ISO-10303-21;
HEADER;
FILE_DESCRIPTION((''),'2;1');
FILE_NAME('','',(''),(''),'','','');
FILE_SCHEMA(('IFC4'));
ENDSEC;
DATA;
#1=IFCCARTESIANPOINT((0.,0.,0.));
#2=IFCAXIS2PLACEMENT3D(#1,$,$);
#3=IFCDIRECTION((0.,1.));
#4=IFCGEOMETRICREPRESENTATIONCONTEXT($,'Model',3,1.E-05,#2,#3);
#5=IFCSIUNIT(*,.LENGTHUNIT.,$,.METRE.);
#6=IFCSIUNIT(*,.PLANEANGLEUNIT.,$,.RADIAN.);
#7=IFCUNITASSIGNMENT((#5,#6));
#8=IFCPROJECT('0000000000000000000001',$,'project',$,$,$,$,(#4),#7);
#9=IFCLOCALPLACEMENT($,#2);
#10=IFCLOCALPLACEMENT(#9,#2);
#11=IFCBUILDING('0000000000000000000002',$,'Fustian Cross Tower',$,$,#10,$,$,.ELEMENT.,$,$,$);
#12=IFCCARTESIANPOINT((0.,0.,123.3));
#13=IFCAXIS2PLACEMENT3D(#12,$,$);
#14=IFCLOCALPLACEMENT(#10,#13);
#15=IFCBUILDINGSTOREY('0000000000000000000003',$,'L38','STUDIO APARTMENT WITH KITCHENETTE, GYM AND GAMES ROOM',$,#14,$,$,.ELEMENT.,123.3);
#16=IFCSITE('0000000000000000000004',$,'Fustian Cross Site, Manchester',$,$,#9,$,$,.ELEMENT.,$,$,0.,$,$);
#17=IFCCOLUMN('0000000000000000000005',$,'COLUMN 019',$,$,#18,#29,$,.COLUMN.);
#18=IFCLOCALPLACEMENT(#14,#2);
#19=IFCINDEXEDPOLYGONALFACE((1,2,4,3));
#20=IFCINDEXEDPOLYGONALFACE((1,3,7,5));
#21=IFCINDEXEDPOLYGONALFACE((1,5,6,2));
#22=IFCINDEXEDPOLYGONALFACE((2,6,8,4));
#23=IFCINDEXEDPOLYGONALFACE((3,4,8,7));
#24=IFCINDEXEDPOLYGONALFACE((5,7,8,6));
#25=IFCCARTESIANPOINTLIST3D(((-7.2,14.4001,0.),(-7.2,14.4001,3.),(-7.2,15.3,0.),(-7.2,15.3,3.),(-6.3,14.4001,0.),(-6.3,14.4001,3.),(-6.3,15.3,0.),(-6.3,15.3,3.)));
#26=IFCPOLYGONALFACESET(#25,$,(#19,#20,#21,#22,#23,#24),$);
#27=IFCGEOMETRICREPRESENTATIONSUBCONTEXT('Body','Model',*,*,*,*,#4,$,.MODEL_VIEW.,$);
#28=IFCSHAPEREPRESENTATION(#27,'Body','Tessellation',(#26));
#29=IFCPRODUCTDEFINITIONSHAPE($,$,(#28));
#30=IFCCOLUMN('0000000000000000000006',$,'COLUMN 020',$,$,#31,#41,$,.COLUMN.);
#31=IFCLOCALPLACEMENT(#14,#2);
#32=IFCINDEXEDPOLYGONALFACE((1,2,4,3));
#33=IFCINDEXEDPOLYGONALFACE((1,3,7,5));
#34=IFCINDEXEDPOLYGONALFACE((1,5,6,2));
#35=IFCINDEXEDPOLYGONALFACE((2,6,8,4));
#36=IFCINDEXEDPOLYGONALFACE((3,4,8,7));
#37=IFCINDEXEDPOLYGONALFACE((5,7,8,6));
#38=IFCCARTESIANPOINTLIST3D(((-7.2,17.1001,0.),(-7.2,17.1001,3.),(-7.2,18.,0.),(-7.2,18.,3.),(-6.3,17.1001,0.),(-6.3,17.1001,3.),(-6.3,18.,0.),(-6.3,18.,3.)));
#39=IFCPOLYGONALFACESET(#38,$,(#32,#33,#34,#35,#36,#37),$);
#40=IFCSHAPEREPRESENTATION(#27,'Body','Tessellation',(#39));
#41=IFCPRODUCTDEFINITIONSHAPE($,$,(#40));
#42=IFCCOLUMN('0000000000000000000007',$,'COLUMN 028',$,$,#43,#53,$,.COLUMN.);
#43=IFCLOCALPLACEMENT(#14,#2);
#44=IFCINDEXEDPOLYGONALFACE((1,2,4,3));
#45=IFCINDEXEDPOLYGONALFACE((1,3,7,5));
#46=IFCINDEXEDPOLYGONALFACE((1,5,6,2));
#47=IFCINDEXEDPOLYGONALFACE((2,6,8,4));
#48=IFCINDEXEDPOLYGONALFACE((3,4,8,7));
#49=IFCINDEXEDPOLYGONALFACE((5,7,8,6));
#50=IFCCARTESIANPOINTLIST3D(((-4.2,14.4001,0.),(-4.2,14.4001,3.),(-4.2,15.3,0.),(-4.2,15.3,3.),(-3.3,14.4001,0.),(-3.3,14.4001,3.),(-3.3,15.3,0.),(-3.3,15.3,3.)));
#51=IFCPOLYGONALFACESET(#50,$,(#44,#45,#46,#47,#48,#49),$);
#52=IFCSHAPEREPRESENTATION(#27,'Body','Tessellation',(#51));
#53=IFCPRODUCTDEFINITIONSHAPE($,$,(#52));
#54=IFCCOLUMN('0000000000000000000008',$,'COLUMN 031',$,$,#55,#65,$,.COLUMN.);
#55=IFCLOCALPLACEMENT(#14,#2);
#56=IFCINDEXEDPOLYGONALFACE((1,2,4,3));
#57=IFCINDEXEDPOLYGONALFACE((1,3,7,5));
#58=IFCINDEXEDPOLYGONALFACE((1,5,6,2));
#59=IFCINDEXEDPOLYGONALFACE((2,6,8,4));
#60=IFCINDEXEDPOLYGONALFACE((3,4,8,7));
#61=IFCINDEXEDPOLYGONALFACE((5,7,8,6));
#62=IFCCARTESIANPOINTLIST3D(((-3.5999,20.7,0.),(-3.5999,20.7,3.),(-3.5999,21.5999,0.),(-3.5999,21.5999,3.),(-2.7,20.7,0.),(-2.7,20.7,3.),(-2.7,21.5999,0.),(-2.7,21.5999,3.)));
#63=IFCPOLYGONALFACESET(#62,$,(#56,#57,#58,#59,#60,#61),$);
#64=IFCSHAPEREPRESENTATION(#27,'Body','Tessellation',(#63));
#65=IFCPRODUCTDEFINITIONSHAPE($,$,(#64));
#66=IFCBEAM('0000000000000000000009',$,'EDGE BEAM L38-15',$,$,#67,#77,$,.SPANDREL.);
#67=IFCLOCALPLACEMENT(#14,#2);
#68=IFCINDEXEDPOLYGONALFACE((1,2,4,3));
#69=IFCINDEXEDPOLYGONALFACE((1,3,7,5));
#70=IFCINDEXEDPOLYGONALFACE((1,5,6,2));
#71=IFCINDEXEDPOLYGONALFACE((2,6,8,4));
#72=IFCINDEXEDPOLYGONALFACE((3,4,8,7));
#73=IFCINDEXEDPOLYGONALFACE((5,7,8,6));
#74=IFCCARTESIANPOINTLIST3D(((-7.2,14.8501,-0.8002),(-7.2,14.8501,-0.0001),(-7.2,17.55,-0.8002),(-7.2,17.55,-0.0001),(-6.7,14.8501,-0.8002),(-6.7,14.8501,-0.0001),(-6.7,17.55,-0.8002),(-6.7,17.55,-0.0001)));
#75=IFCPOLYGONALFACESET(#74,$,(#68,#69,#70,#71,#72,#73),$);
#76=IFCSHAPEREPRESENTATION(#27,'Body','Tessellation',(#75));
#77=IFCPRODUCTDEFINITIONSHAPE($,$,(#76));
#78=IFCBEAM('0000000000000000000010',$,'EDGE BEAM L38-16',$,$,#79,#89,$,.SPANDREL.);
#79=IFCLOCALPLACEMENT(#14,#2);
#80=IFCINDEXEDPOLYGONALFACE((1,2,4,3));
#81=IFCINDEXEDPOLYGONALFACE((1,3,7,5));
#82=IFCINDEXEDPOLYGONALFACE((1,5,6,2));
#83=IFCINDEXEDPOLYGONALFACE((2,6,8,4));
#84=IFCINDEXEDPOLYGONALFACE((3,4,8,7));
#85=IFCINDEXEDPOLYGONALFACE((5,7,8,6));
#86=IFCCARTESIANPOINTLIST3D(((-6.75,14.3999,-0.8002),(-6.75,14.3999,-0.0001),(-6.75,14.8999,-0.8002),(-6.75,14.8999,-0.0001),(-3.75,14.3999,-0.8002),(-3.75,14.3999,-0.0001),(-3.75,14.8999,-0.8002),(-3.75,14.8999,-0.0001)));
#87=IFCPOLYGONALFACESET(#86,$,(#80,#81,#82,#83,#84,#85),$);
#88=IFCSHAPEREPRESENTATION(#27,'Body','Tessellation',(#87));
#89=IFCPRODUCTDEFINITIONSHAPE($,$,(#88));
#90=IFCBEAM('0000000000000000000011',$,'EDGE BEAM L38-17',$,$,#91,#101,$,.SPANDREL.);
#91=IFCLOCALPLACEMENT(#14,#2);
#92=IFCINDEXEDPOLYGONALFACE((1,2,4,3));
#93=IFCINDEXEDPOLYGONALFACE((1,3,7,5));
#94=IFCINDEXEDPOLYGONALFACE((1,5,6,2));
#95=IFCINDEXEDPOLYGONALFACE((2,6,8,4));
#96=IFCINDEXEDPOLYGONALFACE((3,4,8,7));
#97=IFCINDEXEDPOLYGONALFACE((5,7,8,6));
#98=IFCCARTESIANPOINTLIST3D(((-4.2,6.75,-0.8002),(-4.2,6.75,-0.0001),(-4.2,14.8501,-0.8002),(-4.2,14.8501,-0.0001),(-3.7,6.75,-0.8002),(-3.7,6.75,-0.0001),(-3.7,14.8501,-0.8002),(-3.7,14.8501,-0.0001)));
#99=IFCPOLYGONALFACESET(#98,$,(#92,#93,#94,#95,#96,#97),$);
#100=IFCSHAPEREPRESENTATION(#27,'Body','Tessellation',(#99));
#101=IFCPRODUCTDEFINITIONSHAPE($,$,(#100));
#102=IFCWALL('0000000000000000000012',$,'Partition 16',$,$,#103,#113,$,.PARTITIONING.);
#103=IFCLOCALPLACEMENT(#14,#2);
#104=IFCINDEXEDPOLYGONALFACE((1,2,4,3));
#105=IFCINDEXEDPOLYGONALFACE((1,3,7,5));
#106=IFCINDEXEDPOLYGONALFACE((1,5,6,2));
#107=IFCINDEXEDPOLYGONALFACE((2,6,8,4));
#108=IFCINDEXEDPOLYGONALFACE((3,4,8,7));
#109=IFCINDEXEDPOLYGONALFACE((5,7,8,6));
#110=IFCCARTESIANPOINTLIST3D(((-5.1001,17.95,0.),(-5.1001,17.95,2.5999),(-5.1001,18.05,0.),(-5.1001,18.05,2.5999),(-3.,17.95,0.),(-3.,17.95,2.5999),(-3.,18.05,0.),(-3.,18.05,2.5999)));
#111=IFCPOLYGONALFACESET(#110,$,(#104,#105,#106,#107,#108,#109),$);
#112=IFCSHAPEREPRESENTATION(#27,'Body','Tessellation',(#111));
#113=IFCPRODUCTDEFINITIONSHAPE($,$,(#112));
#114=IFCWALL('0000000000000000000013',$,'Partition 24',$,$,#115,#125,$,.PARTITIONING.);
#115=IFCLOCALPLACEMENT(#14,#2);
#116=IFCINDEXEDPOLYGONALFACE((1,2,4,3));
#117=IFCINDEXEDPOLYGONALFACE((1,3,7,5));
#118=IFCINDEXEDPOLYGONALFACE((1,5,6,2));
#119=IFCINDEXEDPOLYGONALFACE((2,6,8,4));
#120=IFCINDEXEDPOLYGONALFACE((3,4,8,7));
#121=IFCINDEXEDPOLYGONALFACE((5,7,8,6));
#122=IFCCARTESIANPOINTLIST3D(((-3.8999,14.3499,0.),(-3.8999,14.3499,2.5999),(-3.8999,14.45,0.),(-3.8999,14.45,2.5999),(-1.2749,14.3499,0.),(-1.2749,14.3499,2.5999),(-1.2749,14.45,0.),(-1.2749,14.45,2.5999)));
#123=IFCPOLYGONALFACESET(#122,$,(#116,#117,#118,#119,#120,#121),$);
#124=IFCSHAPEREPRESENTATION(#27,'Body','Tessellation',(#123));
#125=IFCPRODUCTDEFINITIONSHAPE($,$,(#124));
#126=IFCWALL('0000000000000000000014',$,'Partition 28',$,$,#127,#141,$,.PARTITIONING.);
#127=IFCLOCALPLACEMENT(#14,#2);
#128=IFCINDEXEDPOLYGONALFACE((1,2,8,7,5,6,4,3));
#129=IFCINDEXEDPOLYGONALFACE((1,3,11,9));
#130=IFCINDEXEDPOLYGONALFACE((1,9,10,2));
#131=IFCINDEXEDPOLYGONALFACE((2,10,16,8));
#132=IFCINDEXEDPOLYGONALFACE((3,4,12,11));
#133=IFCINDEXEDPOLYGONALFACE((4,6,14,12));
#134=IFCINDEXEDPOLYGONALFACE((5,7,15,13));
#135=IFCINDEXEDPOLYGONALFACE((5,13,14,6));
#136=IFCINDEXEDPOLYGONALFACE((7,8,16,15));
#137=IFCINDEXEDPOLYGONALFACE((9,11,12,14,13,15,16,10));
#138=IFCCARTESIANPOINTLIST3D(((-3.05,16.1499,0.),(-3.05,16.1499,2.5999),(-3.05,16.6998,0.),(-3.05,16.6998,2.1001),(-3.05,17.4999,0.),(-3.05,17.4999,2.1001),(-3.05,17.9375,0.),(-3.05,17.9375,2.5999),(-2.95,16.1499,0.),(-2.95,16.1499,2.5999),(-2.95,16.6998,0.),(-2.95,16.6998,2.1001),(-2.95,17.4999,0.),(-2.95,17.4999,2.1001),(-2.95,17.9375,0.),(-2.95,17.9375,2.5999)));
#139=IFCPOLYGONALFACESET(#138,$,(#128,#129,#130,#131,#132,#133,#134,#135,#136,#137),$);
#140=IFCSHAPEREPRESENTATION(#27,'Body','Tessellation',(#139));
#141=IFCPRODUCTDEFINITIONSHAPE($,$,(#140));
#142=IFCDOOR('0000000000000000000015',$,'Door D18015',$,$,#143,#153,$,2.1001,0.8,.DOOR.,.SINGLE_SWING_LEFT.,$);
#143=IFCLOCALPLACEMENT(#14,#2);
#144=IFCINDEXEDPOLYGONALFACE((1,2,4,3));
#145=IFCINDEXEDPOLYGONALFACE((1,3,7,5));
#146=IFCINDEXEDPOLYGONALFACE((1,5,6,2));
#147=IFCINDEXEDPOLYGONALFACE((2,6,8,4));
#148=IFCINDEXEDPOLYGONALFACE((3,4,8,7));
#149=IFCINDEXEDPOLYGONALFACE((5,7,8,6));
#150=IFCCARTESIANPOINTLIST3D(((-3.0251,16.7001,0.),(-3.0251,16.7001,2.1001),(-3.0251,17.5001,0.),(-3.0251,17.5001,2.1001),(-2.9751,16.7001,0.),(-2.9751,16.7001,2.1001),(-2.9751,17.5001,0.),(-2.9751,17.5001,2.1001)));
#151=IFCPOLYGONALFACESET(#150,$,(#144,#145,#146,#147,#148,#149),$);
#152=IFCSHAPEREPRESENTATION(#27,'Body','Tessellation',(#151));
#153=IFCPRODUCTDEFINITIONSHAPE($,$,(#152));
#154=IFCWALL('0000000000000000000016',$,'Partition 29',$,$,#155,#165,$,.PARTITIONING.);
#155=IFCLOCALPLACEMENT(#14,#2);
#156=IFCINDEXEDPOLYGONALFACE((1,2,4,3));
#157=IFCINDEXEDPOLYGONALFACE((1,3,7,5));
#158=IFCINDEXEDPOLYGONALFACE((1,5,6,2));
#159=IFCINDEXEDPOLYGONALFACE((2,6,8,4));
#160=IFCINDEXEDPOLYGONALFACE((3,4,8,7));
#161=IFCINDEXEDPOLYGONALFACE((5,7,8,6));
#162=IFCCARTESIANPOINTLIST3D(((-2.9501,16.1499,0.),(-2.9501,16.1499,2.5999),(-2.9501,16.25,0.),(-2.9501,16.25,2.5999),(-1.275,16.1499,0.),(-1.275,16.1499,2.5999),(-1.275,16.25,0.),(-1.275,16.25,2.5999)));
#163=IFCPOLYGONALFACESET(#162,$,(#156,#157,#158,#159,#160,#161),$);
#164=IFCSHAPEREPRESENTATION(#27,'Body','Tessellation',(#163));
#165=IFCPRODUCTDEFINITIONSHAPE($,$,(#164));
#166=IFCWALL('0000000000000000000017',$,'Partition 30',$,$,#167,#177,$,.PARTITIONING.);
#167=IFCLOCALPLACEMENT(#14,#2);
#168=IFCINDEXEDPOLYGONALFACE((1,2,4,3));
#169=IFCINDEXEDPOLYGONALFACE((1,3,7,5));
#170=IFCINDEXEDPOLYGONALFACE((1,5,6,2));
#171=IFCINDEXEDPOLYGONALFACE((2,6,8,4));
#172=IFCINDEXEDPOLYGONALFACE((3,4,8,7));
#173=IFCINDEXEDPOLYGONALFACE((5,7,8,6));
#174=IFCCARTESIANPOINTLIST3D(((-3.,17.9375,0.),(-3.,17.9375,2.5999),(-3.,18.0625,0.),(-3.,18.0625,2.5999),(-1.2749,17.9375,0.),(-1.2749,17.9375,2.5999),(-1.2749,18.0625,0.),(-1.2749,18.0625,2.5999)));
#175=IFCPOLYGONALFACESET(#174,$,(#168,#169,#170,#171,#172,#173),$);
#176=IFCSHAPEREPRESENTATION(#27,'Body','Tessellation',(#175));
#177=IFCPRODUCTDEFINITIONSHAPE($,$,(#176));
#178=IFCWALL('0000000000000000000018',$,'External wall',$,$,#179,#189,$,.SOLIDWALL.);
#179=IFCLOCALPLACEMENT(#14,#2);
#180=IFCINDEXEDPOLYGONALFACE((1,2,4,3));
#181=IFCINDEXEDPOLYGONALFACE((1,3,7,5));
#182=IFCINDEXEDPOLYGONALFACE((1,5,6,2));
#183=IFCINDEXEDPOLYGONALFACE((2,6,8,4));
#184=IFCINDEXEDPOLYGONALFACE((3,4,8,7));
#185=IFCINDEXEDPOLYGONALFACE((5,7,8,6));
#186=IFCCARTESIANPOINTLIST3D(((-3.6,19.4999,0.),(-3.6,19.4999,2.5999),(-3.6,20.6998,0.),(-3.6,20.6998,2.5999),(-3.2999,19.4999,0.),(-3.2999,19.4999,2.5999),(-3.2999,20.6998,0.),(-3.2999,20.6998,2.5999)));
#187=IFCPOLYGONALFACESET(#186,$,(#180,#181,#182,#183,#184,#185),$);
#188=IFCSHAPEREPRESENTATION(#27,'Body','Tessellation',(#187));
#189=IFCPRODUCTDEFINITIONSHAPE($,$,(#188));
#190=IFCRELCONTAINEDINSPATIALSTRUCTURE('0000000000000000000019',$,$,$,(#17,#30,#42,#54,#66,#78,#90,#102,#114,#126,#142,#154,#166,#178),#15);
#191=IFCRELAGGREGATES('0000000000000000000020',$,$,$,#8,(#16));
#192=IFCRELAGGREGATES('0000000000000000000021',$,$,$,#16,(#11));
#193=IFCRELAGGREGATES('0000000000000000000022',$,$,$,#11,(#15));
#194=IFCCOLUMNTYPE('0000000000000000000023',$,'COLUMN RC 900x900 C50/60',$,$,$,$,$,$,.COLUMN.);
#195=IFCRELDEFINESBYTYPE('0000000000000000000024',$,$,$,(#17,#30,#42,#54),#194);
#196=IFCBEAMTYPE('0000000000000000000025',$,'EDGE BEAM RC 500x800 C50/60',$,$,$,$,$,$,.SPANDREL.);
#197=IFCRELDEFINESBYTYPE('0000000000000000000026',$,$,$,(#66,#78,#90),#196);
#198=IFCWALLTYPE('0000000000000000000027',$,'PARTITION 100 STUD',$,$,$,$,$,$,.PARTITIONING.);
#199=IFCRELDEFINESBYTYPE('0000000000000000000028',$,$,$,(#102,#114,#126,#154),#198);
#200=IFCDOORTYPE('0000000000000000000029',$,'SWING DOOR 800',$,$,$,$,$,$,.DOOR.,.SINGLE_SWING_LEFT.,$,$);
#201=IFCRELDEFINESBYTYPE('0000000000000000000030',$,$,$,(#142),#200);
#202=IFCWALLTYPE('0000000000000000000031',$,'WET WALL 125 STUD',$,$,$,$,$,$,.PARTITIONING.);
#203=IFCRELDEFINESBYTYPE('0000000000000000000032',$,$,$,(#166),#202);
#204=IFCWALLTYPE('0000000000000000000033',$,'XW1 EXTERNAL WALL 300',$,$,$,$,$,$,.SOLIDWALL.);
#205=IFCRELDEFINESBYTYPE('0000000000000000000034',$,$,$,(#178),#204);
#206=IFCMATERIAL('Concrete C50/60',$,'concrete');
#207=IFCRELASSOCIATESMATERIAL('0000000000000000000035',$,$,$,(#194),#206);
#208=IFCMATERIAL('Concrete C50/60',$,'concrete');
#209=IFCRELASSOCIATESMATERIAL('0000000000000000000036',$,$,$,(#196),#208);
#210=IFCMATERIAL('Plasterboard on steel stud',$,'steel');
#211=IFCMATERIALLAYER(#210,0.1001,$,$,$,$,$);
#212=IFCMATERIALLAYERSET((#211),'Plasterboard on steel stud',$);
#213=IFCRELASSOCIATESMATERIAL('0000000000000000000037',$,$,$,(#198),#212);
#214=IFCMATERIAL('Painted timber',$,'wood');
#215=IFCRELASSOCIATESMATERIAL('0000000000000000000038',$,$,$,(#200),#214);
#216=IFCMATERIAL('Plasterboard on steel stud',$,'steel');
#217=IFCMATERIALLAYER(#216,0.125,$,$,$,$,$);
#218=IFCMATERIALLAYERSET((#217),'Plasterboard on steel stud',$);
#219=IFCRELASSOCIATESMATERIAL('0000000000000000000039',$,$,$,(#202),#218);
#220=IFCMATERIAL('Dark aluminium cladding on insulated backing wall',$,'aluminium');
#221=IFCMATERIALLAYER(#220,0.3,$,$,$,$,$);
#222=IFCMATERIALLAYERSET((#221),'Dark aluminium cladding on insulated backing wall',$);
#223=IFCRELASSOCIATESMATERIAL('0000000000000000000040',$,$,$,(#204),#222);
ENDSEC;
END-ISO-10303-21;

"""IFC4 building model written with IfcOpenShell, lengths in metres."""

from ifc_helpers import new_model, si_unit, direction, frame, frame_2d, origin, origin_2d, place, context, subcontext, project, spatial, rectangle, extrude, material, layer, layer_set, material_profile, profile_set, type_object, element, fill, save


model = new_model("IFC4")

# Units and contexts
model_context = context("Model", 3, precision=1e-05, world=origin(), true_north=direction((0.0, 1.0)))
body_context = subcontext(model_context, "Body", "Model", "MODEL_VIEW")
ifc_project = project(units=[si_unit("LENGTHUNIT", "METRE"), si_unit("PLANEANGLEUNIT", "RADIAN")], contexts=[model_context])

# Site, building, storey
site_placement = place(None, origin())
site = spatial("IfcSite", under=ifc_project, at=site_placement, Name="Fustian Cross Site, Manchester", CompositionType="ELEMENT", RefElevation=0.0)
building_placement = place(site_placement, origin())
building = spatial("IfcBuilding", under=site, at=building_placement, Name="Fustian Cross Tower", CompositionType="ELEMENT")
storey_placement = place(building_placement, frame((0.0, 0.0, 123.3)))
storey = spatial("IfcBuildingStorey", under=building, at=storey_placement, Name="L38", Description="STUDIO APARTMENT WITH KITCHENETTE, GYM AND GAMES ROOM", CompositionType="ELEMENT", Elevation=123.3)

# Columns
ifc_material_1 = material(Name="Concrete C50/60", Category="concrete")
ifc_material_profile_1 = material_profile(ifc_material_1, rectangle(XDim=0.8999, YDim=0.8999, at=origin_2d()), Name="RC 900x900")
ifc_profile_set_1 = profile_set([ifc_material_profile_1], Name="Concrete C50/60")
column_type = type_object("IfcColumnType", Name="COLUMN RC 900x900 C50/60", PredefinedType="COLUMN", material=ifc_profile_set_1)
for number, where, z_axis, x_axis, name in (
    (1, (-6.75, 14.8501, 0.0), (0.0, 0.0, 1.0), (1.0, 0.0, 0.0), "COLUMN 019"),
    (2, (-6.75, 17.55, 0.0), (0.0, 0.0, 1.0), (1.0, 0.0, 0.0), "COLUMN 020"),
    (3, (-3.75, 14.8501, 0.0), (0.0, 0.0, 1.0), (1.0, 0.0, 0.0), "COLUMN 028"),
    (4, (-3.1499, 21.1499, 0.0), (0.0, 0.0, 1.0), (1.0, 0.0, 0.0), "COLUMN 031"),
):
    element("IfcColumn", number, at=place(storey_placement, frame(where, z_axis=z_axis, x_axis=x_axis)), inside=storey, type_object=column_type, Name=name, PredefinedType="COLUMN", context=body_context, shape_type="SweptSolid", body=[
        extrude(rectangle(XDim=0.8999, YDim=0.8999, at=origin_2d()), origin(), (0.0, 0.0, 1.0), 3.0),
    ])

# Beams
ifc_material_2 = material(Name="Concrete C50/60", Category="concrete")
ifc_material_profile_2 = material_profile(ifc_material_2, rectangle(XDim=0.5, YDim=0.8, at=origin_2d()), Name="RC 500x800")
ifc_profile_set_2 = profile_set([ifc_material_profile_2], Name="Concrete C50/60")
beam_type = type_object("IfcBeamType", Name="EDGE BEAM RC 500x800 C50/60", PredefinedType="SPANDREL", material=ifc_profile_set_2)
beam_1_placement = place(storey_placement, frame((-6.95, 17.55, -0.4001), z_axis=(0.0, -1.0, 0.0), x_axis=(1.0, 0.0, 0.0)))
element("IfcBeam", 5, at=beam_1_placement, inside=storey, type_object=beam_type, Name="EDGE BEAM L38-15", PredefinedType="SPANDREL", context=body_context, shape_type="SweptSolid", body=[
    extrude(rectangle(XDim=0.5, YDim=0.8, at=origin_2d()), origin(), (0.0, 0.0, 1.0), 2.7),
])
beam_2_placement = place(storey_placement, frame((-6.75, 14.6499, -0.4001), z_axis=(1.0, 0.0, 0.0), x_axis=(0.0, 1.0, 0.0)))
element("IfcBeam", 6, at=beam_2_placement, inside=storey, type_object=beam_type, Name="EDGE BEAM L38-16", PredefinedType="SPANDREL", context=body_context, shape_type="SweptSolid", body=[
    extrude(rectangle(XDim=0.5, YDim=0.8, at=origin_2d()), origin(), (0.0, 0.0, 1.0), 3.0),
])
beam_3_placement = place(storey_placement, frame((-3.95, 14.8501, -0.4001), z_axis=(0.0, -1.0, 0.0), x_axis=(1.0, 0.0, 0.0)))
element("IfcBeam", 7, at=beam_3_placement, inside=storey, type_object=beam_type, Name="EDGE BEAM L38-17", PredefinedType="SPANDREL", context=body_context, shape_type="SweptSolid", body=[
    extrude(rectangle(XDim=0.5, YDim=0.8, at=origin_2d()), origin(), (0.0, 0.0, 1.0), 8.1001),
])

# Walls
ifc_material_3 = material(Name="Plasterboard on steel stud", Category="steel")
ifc_layer_1 = layer(ifc_material_3, 0.1001)
ifc_layer_set_1 = layer_set([ifc_layer_1], Name="Plasterboard on steel stud")
wall_type_1 = type_object("IfcWallType", Name="PARTITION 100 STUD", PredefinedType="PARTITIONING", material=ifc_layer_set_1)
wall_1_placement = place(storey_placement, frame((-5.1001, 18.0, 0.0), z_axis=(0.0, 0.0, 1.0), x_axis=(1.0, 0.0, 0.0)))
element("IfcWall", 8, at=wall_1_placement, inside=storey, type_object=wall_type_1, Name="Partition 16", PredefinedType="PARTITIONING", context=body_context, shape_type="SweptSolid", body=[
    extrude(rectangle(XDim=2.1001, YDim=0.1001, at=frame_2d((1.05, 0.0))), origin(), (0.0, 0.0, 1.0), 2.5999),
])
wall_2_placement = place(storey_placement, frame((-3.8999, 14.3999, 0.0), z_axis=(0.0, 0.0, 1.0), x_axis=(1.0, 0.0, 0.0)))
element("IfcWall", 9, at=wall_2_placement, inside=storey, type_object=wall_type_1, Name="Partition 24", PredefinedType="PARTITIONING", context=body_context, shape_type="SweptSolid", body=[
    extrude(rectangle(XDim=2.625, YDim=0.1001, at=frame_2d((1.3125, 0.0))), origin(), (0.0, 0.0, 1.0), 2.5999),
])

# Wall, opening, door
wall_3_placement = place(storey_placement, frame((-3.0, 16.1499, 0.0), z_axis=(0.0, 0.0, 1.0), x_axis=(0.0, 1.0, 0.0)))
wall_3 = element("IfcWall", 10, at=wall_3_placement, inside=storey, type_object=wall_type_1, Name="Partition 28", PredefinedType="PARTITIONING", context=body_context, shape_type="SweptSolid", body=[
    extrude(rectangle(XDim=1.7876, YDim=0.1001, at=frame_2d((0.8938, 0.0))), origin(), (0.0, 0.0, 1.0), 2.5999),
])
opening_1_placement = place(wall_3_placement, frame((0.55, 0.0, 0.0)))
opening_1 = element("IfcOpeningElement", 11, at=opening_1_placement, cuts=wall_3, PredefinedType="OPENING", context=body_context, shape_type="SweptSolid", body=[
    extrude(rectangle(XDim=0.8, YDim=2.1001, at=frame_2d((0.3999, 1.05))), frame((0.0, 0.0601, 0.0), z_axis=(0.0, -1.0, 0.0), x_axis=(1.0, 0.0, 0.0)), (0.0, 0.0, 1.0), 0.1201),
])
ifc_material_4 = material(Name="Painted timber", Category="wood")
door_type_1 = type_object("IfcDoorType", Name="SWING DOOR 800", OperationType="SINGLE_SWING_LEFT", PredefinedType="DOOR", material=ifc_material_4)
door_1_placement = place(opening_1_placement, frame((0.8, 0.0, 0.0), z_axis=(0.0, 0.0, 1.0), x_axis=(-1.0, 0.0, 0.0)))
door_1 = element("IfcDoor", 12, at=door_1_placement, inside=storey, type_object=door_type_1, Name="Door D18015", OperationType="SINGLE_SWING_LEFT", OverallHeight=2.1001, OverallWidth=0.8, PredefinedType="DOOR", context=body_context, shape_type="SweptSolid", body=[
    extrude(rectangle(XDim=0.8, YDim=2.1001, at=frame_2d((0.3999, 1.05))), frame((0.0, 0.0249, 0.0), z_axis=(0.0, -1.0, 0.0), x_axis=(1.0, 0.0, 0.0)), (0.0, 0.0, 1.0), 0.05),
])
fill(opening_1, door_1)

# Walls
wall_4_placement = place(storey_placement, frame((-2.95, 16.2, 0.0), z_axis=(0.0, 0.0, 1.0), x_axis=(1.0, 0.0, 0.0)))
element("IfcWall", 13, at=wall_4_placement, inside=storey, type_object=wall_type_1, Name="Partition 29", PredefinedType="PARTITIONING", context=body_context, shape_type="SweptSolid", body=[
    extrude(rectangle(XDim=1.675, YDim=0.1001, at=frame_2d((0.8374, 0.0))), origin(), (0.0, 0.0, 1.0), 2.5999),
])
ifc_material_5 = material(Name="Plasterboard on steel stud", Category="steel")
ifc_layer_2 = layer(ifc_material_5, 0.125)
ifc_layer_set_2 = layer_set([ifc_layer_2], Name="Plasterboard on steel stud")
wall_type_2 = type_object("IfcWallType", Name="WET WALL 125 STUD", PredefinedType="PARTITIONING", material=ifc_layer_set_2)
wall_5_placement = place(storey_placement, frame((-3.0, 18.0, 0.0), z_axis=(0.0, 0.0, 1.0), x_axis=(1.0, 0.0, 0.0)))
element("IfcWall", 14, at=wall_5_placement, inside=storey, type_object=wall_type_2, Name="Partition 30", PredefinedType="PARTITIONING", context=body_context, shape_type="SweptSolid", body=[
    extrude(rectangle(XDim=1.7251, YDim=0.125, at=frame_2d((0.8625, 0.0))), origin(), (0.0, 0.0, 1.0), 2.5999),
])
ifc_material_6 = material(Name="Dark aluminium cladding on insulated backing wall", Category="aluminium")
ifc_layer_3 = layer(ifc_material_6, 0.3)
ifc_layer_set_3 = layer_set([ifc_layer_3], Name="Dark aluminium cladding on insulated backing wall")
wall_type_3 = type_object("IfcWallType", Name="XW1 EXTERNAL WALL 300", PredefinedType="SOLIDWALL", material=ifc_layer_set_3)
wall_6_placement = place(storey_placement, frame((-3.45, 20.7, 0.0), z_axis=(0.0, 0.0, 1.0), x_axis=(0.0, -1.0, 0.0)))
element("IfcWall", 15, at=wall_6_placement, inside=storey, type_object=wall_type_3, Name="External wall", PredefinedType="SOLIDWALL", context=body_context, shape_type="SweptSolid", body=[
    extrude(rectangle(XDim=1.2, YDim=0.3, at=frame_2d((0.6001, 0.0))), origin(), (0.0, 0.0, 1.0), 2.5999),
])

save(model, "model.ifc")
